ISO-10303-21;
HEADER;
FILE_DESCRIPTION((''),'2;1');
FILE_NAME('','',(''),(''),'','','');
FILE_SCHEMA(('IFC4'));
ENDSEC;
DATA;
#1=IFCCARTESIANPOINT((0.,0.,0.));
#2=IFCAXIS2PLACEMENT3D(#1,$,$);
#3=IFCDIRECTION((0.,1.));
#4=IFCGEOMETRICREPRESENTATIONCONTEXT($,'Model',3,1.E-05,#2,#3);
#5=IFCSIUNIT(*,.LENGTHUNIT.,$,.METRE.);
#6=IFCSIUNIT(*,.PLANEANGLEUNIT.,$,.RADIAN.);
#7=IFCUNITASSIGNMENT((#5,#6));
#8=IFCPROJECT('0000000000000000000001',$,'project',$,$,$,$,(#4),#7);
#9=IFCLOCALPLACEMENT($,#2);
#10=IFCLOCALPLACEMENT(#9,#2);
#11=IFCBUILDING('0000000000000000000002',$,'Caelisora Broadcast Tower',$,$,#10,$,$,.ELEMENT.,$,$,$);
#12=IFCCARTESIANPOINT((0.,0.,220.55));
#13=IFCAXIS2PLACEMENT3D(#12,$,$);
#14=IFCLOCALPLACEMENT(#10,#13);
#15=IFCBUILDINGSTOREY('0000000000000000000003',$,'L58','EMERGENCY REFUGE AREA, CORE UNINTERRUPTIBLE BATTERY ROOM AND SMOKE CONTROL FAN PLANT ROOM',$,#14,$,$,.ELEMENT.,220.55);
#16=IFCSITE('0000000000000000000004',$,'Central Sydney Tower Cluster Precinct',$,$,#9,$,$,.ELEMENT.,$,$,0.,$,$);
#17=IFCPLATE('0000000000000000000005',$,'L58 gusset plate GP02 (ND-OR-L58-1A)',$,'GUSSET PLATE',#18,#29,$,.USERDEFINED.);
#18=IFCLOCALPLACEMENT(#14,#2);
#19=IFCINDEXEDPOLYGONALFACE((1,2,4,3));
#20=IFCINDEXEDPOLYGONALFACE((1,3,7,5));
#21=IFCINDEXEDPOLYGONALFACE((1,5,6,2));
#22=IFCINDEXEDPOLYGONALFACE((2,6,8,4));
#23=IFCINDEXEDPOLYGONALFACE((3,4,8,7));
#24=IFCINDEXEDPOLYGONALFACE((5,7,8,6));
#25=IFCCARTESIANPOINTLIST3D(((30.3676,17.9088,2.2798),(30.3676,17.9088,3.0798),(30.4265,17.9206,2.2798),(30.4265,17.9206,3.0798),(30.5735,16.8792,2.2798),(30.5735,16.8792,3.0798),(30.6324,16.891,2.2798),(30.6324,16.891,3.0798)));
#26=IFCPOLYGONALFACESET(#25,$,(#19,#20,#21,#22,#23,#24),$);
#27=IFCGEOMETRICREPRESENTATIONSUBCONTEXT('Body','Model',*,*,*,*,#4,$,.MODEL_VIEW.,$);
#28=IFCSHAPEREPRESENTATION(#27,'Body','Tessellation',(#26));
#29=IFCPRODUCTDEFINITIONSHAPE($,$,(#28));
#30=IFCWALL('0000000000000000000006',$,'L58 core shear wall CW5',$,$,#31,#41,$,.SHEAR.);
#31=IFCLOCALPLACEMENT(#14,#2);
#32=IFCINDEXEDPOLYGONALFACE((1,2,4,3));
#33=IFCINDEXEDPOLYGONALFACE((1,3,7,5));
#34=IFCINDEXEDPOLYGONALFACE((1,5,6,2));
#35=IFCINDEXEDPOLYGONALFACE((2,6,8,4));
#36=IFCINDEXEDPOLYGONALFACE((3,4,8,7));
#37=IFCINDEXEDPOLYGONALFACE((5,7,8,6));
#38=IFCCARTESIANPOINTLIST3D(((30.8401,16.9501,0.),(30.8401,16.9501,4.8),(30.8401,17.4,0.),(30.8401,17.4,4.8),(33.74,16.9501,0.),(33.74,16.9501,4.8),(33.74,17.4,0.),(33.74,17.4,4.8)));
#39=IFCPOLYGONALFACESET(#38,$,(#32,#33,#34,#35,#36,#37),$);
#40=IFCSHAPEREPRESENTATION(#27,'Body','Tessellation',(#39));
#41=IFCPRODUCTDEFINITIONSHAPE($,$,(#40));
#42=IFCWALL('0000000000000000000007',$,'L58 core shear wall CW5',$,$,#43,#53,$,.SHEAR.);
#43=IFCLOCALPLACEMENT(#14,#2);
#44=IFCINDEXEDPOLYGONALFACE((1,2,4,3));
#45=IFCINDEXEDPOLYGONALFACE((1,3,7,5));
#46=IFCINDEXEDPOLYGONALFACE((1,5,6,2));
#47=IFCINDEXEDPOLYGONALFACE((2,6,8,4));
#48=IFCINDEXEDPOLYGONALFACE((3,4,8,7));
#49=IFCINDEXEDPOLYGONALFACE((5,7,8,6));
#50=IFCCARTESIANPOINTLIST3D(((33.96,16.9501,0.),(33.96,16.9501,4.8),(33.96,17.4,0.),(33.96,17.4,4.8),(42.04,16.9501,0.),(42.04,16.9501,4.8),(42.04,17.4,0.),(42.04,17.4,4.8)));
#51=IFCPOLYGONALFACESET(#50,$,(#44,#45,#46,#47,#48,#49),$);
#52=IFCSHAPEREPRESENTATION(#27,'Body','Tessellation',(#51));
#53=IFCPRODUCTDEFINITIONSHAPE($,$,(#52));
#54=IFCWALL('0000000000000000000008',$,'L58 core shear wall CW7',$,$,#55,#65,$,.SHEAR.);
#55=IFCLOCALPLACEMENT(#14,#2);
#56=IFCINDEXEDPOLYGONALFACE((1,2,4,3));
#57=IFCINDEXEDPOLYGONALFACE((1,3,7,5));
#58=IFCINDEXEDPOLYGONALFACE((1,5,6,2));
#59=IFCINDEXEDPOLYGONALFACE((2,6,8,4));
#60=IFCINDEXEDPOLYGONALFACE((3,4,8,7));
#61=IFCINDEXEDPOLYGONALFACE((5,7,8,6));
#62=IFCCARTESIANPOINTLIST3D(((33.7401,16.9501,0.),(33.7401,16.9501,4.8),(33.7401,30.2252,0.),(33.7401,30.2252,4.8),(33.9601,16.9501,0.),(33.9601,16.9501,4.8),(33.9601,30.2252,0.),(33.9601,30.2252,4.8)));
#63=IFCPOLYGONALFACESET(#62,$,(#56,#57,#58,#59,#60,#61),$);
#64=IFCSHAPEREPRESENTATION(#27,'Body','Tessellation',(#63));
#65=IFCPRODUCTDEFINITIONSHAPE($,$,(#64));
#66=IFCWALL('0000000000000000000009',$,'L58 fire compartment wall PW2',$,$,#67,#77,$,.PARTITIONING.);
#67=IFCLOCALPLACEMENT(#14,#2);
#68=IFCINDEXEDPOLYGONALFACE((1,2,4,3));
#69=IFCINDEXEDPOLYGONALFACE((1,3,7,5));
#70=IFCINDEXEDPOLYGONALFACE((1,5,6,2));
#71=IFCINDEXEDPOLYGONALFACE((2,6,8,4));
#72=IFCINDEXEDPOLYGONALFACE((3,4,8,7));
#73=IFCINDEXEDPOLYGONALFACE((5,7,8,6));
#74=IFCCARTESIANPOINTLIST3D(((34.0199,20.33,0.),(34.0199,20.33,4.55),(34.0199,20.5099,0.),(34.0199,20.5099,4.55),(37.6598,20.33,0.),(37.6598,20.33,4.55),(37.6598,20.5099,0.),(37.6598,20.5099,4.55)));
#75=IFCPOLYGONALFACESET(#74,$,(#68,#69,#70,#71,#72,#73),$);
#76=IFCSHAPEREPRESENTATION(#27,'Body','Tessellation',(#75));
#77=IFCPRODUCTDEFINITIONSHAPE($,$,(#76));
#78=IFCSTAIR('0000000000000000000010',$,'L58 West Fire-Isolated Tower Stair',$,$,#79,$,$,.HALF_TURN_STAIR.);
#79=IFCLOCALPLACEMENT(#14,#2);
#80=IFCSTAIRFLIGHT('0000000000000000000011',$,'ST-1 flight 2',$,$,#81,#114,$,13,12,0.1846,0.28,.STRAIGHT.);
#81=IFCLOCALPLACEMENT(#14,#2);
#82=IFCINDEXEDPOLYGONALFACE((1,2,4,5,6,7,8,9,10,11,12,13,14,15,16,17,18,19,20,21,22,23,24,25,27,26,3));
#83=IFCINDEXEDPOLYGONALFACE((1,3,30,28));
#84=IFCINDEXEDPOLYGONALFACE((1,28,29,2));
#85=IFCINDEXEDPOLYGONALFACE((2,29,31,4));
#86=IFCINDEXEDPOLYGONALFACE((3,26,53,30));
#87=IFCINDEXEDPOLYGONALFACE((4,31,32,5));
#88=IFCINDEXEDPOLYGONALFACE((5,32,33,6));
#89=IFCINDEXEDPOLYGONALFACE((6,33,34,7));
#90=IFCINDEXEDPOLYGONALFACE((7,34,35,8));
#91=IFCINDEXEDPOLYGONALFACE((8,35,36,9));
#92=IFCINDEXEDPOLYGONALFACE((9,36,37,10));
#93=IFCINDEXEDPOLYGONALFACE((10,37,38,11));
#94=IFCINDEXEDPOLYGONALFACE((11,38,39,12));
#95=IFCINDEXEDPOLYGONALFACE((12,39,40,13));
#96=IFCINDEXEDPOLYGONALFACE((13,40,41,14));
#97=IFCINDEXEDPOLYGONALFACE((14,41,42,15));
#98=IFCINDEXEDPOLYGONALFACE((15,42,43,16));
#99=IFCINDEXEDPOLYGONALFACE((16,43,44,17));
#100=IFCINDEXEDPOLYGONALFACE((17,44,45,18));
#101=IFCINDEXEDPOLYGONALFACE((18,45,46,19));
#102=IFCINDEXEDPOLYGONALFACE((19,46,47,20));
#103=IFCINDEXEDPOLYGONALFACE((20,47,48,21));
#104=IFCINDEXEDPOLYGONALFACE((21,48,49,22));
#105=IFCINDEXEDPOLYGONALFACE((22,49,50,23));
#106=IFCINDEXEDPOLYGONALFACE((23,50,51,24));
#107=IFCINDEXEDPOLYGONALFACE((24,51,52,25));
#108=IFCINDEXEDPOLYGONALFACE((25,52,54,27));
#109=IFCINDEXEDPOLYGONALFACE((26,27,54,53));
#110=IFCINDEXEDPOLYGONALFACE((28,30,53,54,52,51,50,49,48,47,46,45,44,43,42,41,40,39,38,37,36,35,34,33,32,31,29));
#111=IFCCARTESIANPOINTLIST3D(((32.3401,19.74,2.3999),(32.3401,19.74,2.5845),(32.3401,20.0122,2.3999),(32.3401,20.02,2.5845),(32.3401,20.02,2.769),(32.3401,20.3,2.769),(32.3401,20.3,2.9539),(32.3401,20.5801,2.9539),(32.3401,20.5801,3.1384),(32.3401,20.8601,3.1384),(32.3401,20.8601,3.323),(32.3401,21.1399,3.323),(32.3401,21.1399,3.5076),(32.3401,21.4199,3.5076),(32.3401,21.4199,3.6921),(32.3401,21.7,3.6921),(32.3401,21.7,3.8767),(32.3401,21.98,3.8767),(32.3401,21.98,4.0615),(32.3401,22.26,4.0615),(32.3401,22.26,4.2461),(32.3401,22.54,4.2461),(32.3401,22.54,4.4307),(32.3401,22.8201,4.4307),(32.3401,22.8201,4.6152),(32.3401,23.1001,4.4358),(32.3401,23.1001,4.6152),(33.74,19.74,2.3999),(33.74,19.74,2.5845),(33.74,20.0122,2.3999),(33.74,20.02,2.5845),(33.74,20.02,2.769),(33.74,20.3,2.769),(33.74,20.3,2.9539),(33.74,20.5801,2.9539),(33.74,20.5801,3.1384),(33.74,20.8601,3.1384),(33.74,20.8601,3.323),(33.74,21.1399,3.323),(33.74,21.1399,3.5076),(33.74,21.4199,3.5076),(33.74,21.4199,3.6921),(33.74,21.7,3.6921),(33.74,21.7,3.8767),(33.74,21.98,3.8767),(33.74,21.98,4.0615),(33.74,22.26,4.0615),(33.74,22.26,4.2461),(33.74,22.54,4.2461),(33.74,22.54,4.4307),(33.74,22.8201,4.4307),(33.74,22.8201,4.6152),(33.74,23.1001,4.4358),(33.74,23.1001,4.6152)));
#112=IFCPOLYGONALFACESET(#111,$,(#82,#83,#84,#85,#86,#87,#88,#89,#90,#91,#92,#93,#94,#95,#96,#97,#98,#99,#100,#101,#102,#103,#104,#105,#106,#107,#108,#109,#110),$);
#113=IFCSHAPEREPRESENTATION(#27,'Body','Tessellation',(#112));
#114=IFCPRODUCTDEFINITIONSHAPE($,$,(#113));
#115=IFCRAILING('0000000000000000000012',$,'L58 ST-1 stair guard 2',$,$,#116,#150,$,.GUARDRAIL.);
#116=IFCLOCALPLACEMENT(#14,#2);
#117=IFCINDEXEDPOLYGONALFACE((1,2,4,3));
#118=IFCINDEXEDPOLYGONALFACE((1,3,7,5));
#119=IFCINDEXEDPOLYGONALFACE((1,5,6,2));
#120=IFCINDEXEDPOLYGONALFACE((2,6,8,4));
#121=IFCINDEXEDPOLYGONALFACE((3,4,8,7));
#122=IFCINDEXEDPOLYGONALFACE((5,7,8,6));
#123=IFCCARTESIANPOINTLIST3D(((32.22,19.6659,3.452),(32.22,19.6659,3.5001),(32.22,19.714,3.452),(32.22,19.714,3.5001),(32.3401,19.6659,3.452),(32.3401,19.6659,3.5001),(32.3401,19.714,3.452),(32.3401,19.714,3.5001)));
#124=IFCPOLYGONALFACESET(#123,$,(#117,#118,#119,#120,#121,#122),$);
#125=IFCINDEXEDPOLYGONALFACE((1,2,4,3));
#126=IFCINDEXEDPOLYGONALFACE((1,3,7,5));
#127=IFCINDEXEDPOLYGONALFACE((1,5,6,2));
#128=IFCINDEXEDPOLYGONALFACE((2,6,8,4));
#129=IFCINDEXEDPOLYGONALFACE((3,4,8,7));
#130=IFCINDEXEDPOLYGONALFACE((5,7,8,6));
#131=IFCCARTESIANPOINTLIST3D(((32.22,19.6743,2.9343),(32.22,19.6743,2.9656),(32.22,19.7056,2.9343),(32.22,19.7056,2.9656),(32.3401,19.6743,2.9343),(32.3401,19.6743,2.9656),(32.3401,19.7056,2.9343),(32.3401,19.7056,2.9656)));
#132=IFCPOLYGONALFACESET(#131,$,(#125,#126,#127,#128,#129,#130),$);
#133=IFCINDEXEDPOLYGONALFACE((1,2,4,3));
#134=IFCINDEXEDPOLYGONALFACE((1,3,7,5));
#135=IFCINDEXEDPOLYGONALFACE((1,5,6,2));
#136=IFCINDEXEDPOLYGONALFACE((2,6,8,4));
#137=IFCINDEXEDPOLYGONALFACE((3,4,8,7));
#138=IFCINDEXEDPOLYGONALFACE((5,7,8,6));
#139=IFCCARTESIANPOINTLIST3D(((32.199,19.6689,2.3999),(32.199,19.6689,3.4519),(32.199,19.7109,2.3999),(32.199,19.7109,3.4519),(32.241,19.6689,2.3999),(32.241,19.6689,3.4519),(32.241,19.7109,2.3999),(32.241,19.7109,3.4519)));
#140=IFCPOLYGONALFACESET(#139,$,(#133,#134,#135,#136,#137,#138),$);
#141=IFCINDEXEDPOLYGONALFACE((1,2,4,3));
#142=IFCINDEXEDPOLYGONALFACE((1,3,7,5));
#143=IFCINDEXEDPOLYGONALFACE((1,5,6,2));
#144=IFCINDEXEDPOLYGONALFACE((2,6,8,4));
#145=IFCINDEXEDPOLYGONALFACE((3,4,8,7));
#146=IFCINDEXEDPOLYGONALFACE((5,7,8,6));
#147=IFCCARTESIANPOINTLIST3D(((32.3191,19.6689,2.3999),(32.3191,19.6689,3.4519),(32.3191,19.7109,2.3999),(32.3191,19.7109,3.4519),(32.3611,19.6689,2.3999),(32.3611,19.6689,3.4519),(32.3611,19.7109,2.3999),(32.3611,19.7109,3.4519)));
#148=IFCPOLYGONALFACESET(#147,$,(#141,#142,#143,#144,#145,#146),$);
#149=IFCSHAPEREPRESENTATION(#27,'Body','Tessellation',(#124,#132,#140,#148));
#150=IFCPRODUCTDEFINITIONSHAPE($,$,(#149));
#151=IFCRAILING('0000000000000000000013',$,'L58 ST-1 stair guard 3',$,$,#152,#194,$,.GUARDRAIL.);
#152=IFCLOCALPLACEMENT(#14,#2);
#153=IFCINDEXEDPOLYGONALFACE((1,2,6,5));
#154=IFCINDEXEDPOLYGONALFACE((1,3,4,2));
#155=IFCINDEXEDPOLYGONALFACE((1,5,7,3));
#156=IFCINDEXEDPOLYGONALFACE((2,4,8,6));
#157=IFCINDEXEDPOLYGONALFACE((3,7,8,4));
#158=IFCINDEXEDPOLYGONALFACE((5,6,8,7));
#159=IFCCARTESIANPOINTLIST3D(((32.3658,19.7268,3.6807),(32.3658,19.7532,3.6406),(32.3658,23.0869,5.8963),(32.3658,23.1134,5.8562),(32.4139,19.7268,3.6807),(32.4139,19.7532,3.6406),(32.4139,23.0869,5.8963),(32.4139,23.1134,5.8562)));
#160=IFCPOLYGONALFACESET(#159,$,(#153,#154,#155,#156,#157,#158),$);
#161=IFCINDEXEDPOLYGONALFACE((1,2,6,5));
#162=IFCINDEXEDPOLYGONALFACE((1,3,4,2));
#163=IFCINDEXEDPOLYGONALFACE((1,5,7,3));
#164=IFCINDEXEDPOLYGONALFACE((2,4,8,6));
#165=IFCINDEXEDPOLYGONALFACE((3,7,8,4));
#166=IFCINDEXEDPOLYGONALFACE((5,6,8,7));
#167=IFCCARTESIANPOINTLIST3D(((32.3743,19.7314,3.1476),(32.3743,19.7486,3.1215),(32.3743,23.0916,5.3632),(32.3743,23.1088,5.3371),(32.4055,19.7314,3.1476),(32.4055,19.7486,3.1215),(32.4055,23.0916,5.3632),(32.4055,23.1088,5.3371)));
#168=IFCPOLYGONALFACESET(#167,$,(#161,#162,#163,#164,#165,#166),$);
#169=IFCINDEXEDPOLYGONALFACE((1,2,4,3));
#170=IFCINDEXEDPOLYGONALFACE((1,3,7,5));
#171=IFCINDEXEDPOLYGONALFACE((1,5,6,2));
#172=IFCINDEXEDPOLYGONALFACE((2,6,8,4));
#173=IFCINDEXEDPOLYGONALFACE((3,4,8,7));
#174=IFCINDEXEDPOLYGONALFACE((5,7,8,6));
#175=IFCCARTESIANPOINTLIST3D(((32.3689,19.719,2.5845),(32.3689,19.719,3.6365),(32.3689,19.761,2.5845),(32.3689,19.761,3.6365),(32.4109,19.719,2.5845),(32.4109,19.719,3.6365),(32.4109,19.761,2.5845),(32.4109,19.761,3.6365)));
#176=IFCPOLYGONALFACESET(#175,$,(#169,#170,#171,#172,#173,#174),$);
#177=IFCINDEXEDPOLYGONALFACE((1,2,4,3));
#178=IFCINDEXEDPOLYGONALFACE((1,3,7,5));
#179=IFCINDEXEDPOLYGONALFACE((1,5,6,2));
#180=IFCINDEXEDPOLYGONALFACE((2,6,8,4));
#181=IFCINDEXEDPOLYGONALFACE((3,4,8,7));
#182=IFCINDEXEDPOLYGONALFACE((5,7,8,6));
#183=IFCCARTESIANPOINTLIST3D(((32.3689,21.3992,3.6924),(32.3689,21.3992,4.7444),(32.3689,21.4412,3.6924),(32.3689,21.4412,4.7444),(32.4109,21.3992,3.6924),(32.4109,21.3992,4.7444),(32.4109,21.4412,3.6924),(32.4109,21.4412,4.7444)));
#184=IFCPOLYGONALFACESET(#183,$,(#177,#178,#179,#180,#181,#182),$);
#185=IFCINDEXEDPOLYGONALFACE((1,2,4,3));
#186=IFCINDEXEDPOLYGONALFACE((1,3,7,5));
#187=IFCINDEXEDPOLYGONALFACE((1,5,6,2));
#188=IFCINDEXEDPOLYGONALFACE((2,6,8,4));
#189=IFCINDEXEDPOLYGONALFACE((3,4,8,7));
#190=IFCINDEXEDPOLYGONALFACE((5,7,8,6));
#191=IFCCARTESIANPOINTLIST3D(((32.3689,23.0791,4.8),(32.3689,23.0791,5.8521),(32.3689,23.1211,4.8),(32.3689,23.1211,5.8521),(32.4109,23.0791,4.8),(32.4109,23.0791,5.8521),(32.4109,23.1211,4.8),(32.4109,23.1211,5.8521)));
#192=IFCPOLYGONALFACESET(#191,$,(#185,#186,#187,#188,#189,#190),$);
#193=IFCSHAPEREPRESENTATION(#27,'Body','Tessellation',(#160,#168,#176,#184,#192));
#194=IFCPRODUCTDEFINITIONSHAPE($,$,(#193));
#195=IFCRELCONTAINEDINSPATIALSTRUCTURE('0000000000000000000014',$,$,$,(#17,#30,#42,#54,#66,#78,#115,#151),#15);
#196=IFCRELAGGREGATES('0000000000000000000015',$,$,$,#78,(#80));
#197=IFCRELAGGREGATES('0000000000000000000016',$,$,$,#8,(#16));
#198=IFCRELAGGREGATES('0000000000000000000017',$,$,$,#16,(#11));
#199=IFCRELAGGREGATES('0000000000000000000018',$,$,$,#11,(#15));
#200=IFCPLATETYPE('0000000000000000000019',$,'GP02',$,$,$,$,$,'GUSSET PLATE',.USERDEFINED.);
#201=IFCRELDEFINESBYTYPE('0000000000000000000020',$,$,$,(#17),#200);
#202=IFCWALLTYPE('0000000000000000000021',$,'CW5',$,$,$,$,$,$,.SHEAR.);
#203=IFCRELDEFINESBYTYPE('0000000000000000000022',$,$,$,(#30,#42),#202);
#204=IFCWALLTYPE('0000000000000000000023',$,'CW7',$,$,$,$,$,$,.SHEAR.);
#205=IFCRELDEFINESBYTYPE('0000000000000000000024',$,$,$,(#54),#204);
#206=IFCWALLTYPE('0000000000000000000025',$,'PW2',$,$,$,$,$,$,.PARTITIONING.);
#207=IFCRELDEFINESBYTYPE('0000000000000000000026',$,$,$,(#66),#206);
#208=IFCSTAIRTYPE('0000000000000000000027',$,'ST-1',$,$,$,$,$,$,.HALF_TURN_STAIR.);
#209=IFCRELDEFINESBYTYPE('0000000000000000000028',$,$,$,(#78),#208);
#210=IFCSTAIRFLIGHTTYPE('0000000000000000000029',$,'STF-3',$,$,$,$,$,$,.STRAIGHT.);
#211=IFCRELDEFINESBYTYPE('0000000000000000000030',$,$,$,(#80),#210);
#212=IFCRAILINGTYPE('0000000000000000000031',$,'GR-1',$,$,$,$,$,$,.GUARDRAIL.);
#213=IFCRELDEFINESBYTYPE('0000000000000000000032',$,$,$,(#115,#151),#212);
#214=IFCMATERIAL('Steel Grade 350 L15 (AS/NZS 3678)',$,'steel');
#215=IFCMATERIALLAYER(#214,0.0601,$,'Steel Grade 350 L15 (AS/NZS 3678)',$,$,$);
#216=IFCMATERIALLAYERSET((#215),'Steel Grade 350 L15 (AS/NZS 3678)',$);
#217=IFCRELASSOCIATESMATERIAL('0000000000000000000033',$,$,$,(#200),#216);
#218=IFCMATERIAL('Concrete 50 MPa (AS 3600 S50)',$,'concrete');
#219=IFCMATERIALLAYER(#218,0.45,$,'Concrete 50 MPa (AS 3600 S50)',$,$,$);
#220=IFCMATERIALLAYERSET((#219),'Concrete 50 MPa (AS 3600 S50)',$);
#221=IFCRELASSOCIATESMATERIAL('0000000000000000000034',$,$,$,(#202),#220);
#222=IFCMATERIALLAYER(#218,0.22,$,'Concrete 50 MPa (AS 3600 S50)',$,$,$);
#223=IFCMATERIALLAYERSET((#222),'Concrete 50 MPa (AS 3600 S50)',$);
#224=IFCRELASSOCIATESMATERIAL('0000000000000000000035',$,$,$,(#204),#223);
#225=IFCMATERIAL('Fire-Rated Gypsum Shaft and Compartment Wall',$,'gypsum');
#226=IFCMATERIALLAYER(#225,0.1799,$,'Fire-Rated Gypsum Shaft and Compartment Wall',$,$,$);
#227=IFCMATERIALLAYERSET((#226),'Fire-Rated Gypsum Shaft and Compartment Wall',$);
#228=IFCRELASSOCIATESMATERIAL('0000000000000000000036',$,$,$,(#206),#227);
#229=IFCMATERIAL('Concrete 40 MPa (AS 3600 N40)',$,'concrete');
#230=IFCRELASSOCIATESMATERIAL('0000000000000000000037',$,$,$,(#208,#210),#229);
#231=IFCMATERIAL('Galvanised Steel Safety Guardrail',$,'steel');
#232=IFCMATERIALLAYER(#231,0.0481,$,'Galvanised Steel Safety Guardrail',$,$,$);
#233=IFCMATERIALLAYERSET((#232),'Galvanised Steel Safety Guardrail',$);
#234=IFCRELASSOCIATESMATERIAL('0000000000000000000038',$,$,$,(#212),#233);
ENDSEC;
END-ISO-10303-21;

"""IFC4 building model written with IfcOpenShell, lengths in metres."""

from ifc_helpers import new_model, si_unit, direction, frame, frame_2d, origin, origin_2d, place, context, subcontext, project, spatial, polyline, rectangle, outline, extrude, source, transform, mapped, material, layer, layer_set, type_object, type_shapes, element, aggregate, save


model = new_model("IFC4")

# Units and contexts
model_context = context("Model", 3, precision=1e-05, world=origin(), true_north=direction((0.0, 1.0)))
body_context = subcontext(model_context, "Body", "Model", "MODEL_VIEW")
ifc_project = project(units=[si_unit("LENGTHUNIT", "METRE"), si_unit("PLANEANGLEUNIT", "RADIAN")], contexts=[model_context])

# Site, building, storey
site_placement = place(None, origin())
site = spatial("IfcSite", under=ifc_project, at=site_placement, Name="Central Sydney Tower Cluster Precinct", CompositionType="ELEMENT", RefElevation=0.0)
building_placement = place(site_placement, origin())
building = spatial("IfcBuilding", under=site, at=building_placement, Name="Caelisora Broadcast Tower", CompositionType="ELEMENT")
storey_placement = place(building_placement, frame((0.0, 0.0, 220.55)))
storey = spatial("IfcBuildingStorey", under=building, at=storey_placement, Name="L58", Description="EMERGENCY REFUGE AREA, CORE UNINTERRUPTIBLE BATTERY ROOM AND SMOKE CONTROL FAN PLANT ROOM", CompositionType="ELEMENT", Elevation=220.55)

# Plate
ifc_material_1 = material(Name="Steel Grade 350 L15 (AS/NZS 3678)", Category="steel")
ifc_layer_1 = layer(ifc_material_1, 0.0601, Name="Steel Grade 350 L15 (AS/NZS 3678)")
ifc_layer_set_1 = layer_set([ifc_layer_1], Name="Steel Grade 350 L15 (AS/NZS 3678)")
plate_type = type_object("IfcPlateType", Name="GP02", ElementType="GUSSET PLATE", PredefinedType="USERDEFINED", material=ifc_layer_set_1)
shared_shape_1 = source(origin(), body_context, "Body", "SweptSolid", [
    extrude(rectangle(XDim=1.05, YDim=0.0601, at=origin_2d()), origin(), (0.0, 0.0, 1.0), 0.8),
])
type_shapes(plate_type, [shared_shape_1])
plate_placement = place(storey_placement, frame((30.5, 17.3999, 2.2798), z_axis=(0.0, 0.0, 1.0), x_axis=(0.196117, -0.98058, 0.0)))
element("IfcPlate", 1, at=plate_placement, inside=storey, type_object=plate_type, Name="L58 gusset plate GP02 (ND-OR-L58-1A)", ObjectType="GUSSET PLATE", PredefinedType="USERDEFINED", context=body_context, shape_type="MappedRepresentation", body=[
    mapped(shared_shape_1, transform((0.0, 0.0, 0.0), scale=1.0)),
])

# Walls
ifc_material_2 = material(Name="Concrete 50 MPa (AS 3600 S50)", Category="concrete")
ifc_layer_2 = layer(ifc_material_2, 0.45, Name="Concrete 50 MPa (AS 3600 S50)")
ifc_layer_set_2 = layer_set([ifc_layer_2], Name="Concrete 50 MPa (AS 3600 S50)")
wall_type_1 = type_object("IfcWallType", Name="CW5", PredefinedType="SHEAR", material=ifc_layer_set_2)
wall_1_placement = place(storey_placement, frame((30.8401, 17.175, 0.0), z_axis=(0.0, 0.0, 1.0), x_axis=(1.0, 0.0, 0.0)))
element("IfcWall", 2, at=wall_1_placement, inside=storey, type_object=wall_type_1, Name="L58 core shear wall CW5", PredefinedType="SHEAR", context=body_context, shape_type="SweptSolid", body=[
    extrude(rectangle(XDim=2.8999, YDim=0.45, at=frame_2d((1.45, 0.0))), origin(), (0.0, 0.0, 1.0), 4.8),
])
wall_2_placement = place(storey_placement, frame((33.96, 17.175, 0.0), z_axis=(0.0, 0.0, 1.0), x_axis=(1.0, 0.0, 0.0)))
element("IfcWall", 3, at=wall_2_placement, inside=storey, type_object=wall_type_1, Name="L58 core shear wall CW5", PredefinedType="SHEAR", context=body_context, shape_type="SweptSolid", body=[
    extrude(rectangle(XDim=8.0801, YDim=0.45, at=frame_2d((4.04, 0.0))), origin(), (0.0, 0.0, 1.0), 4.8),
])
ifc_layer_3 = layer(ifc_material_2, 0.22, Name="Concrete 50 MPa (AS 3600 S50)")
ifc_layer_set_3 = layer_set([ifc_layer_3], Name="Concrete 50 MPa (AS 3600 S50)")
wall_type_2 = type_object("IfcWallType", Name="CW7", PredefinedType="SHEAR", material=ifc_layer_set_3)
wall_3_placement = place(storey_placement, frame((33.8501, 16.95, 0.0), z_axis=(0.0, 0.0, 1.0), x_axis=(0.0, 1.0, 0.0)))
element("IfcWall", 4, at=wall_3_placement, inside=storey, type_object=wall_type_2, Name="L58 core shear wall CW7", PredefinedType="SHEAR", context=body_context, shape_type="SweptSolid", body=[
    extrude(rectangle(XDim=13.2751, YDim=0.22, at=frame_2d((6.6377, 0.0))), origin(), (0.0, 0.0, 1.0), 4.8),
])
ifc_material_3 = material(Name="Fire-Rated Gypsum Shaft and Compartment Wall", Category="gypsum")
ifc_layer_4 = layer(ifc_material_3, 0.1799, Name="Fire-Rated Gypsum Shaft and Compartment Wall")
ifc_layer_set_4 = layer_set([ifc_layer_4], Name="Fire-Rated Gypsum Shaft and Compartment Wall")
wall_type_3 = type_object("IfcWallType", Name="PW2", PredefinedType="PARTITIONING", material=ifc_layer_set_4)
wall_4_placement = place(storey_placement, frame((34.02, 20.4199, 0.0), z_axis=(0.0, 0.0, 1.0), x_axis=(1.0, 0.0, 0.0)))
element("IfcWall", 5, at=wall_4_placement, inside=storey, type_object=wall_type_3, Name="L58 fire compartment wall PW2", PredefinedType="PARTITIONING", context=body_context, shape_type="SweptSolid", body=[
    extrude(rectangle(XDim=3.6399, YDim=0.1799, at=frame_2d((1.8198, 0.0))), origin(), (0.0, 0.0, 1.0), 4.55),
])

# Stair, stair flight
ifc_material_4 = material(Name="Concrete 40 MPa (AS 3600 N40)", Category="concrete")
stair_type = type_object("IfcStairType", Name="ST-1", PredefinedType="HALF_TURN_STAIR", material=ifc_material_4)
stair_placement = place(storey_placement, origin())
stair = element("IfcStair", 6, at=stair_placement, inside=storey, type_object=stair_type, Name="L58 West Fire-Isolated Tower Stair", PredefinedType="HALF_TURN_STAIR")
stair_flight_type = type_object("IfcStairFlightType", Name="STF-3", PredefinedType="STRAIGHT", material=ifc_material_4)
stair_flight_placement = place(storey_placement, frame((33.04, 19.74, 2.3999), z_axis=(0.0, 0.0, 1.0), x_axis=(0.0, 1.0, 0.0)))
stair_flight = element("IfcStairFlight", 7, at=stair_flight_placement, type_object=stair_flight_type, Name="ST-1 flight 2", NumberOfRisers=13, NumberOfTreads=12, PredefinedType="STRAIGHT", RiserHeight=0.1846, TreadLength=0.28, context=body_context, shape_type="SweptSolid", body=[
    extrude(outline(polyline([(0.0, 0.0), (0.0, 0.1846), (0.28, 0.1846), (0.28, 0.3691), (0.5601, 0.3691), (0.5601, 0.554), (0.8401, 0.554), (0.8401, 0.7385), (1.1201, 0.7385), (1.1201, 0.9231), (1.3999, 0.9231), (1.3999, 1.1077), (1.6799, 1.1077), (1.6799, 1.2922), (1.96, 1.2922), (1.96, 1.4768), (2.24, 1.4768), (2.24, 1.6616), (2.52, 1.6616), (2.52, 1.8462), (2.8, 1.8462), (2.8, 2.0308), (3.0801, 2.0308), (3.0801, 2.2153), (3.3601, 2.2153), (3.3601, 2.3999), (3.3601, 2.0359), (0.2722, 0.0), (0.0, 0.0)])), frame((0.0, 0.7, 0.0), z_axis=(0.0, -1.0, 0.0), x_axis=(1.0, 0.0, 0.0)), (0.0, 0.0, 1.0), 1.3999),
])
aggregate(stair, [stair_flight])

# Railings
ifc_material_5 = material(Name="Galvanised Steel Safety Guardrail", Category="steel")
ifc_layer_5 = layer(ifc_material_5, 0.0481, Name="Galvanised Steel Safety Guardrail")
ifc_layer_set_5 = layer_set([ifc_layer_5], Name="Galvanised Steel Safety Guardrail")
railing_type_1 = type_object("IfcRailingType", Name="GR-1", PredefinedType="GUARDRAIL", material=ifc_layer_set_5)
railing_1_placement = place(storey_placement, frame((32.22, 19.6899, 2.3999)))
element("IfcRailing", 8, at=railing_1_placement, inside=storey, type_object=railing_type_1, Name="L58 ST-1 stair guard 2", PredefinedType="GUARDRAIL", context=body_context, shape_type="SweptSolid", body=[
    extrude(rectangle(XDim=0.0481, YDim=0.0481, at=origin_2d()), frame((0.0, 0.0, 1.0762), z_axis=(1.0, 0.0, 0.0), x_axis=(0.0, 1.0, 0.0)), (0.0, 0.0, 1.0), 0.1201),
    extrude(rectangle(XDim=0.0312, YDim=0.0312, at=origin_2d()), frame((0.0, 0.0, 0.55), z_axis=(1.0, 0.0, 0.0), x_axis=(0.0, 1.0, 0.0)), (0.0, 0.0, 1.0), 0.1201),
    extrude(rectangle(XDim=0.042, YDim=0.042, at=origin_2d()), origin(), (0.0, 0.0, 1.0), 1.052),
    extrude(rectangle(XDim=0.042, YDim=0.042, at=origin_2d()), frame((0.1201, 0.0, 0.0)), (0.0, 0.0, 1.0), 1.052),
])
railing_2_placement = place(storey_placement, frame((32.3899, 19.74, 2.5845)))
element("IfcRailing", 9, at=railing_2_placement, inside=storey, type_object=railing_type_1, Name="L58 ST-1 stair guard 3", PredefinedType="GUARDRAIL", context=body_context, shape_type="SweptSolid", body=[
    extrude(rectangle(XDim=0.0481, YDim=0.0481, at=origin_2d()), frame((0.0, 0.0, 1.0762), z_axis=(0.0, 0.834849, 0.55048), x_axis=(-1.0, 0.0, 0.0)), (0.0, 0.0, 1.0), 4.0249),
    extrude(rectangle(XDim=0.0312, YDim=0.0312, at=origin_2d()), frame((0.0, 0.0, 0.55), z_axis=(0.0, 0.834849, 0.55048), x_axis=(-1.0, 0.0, 0.0)), (0.0, 0.0, 1.0), 4.0249),
    extrude(rectangle(XDim=0.042, YDim=0.042, at=origin_2d()), origin(), (0.0, 0.0, 1.0), 1.052),
    extrude(rectangle(XDim=0.042, YDim=0.042, at=origin_2d()), frame((0.0, 1.6802, 1.1079)), (0.0, 0.0, 1.0), 1.052),
    extrude(rectangle(XDim=0.042, YDim=0.042, at=origin_2d()), frame((0.0, 3.3601, 2.2156)), (0.0, 0.0, 1.0), 1.052),
])

save(model, "model.ifc")
